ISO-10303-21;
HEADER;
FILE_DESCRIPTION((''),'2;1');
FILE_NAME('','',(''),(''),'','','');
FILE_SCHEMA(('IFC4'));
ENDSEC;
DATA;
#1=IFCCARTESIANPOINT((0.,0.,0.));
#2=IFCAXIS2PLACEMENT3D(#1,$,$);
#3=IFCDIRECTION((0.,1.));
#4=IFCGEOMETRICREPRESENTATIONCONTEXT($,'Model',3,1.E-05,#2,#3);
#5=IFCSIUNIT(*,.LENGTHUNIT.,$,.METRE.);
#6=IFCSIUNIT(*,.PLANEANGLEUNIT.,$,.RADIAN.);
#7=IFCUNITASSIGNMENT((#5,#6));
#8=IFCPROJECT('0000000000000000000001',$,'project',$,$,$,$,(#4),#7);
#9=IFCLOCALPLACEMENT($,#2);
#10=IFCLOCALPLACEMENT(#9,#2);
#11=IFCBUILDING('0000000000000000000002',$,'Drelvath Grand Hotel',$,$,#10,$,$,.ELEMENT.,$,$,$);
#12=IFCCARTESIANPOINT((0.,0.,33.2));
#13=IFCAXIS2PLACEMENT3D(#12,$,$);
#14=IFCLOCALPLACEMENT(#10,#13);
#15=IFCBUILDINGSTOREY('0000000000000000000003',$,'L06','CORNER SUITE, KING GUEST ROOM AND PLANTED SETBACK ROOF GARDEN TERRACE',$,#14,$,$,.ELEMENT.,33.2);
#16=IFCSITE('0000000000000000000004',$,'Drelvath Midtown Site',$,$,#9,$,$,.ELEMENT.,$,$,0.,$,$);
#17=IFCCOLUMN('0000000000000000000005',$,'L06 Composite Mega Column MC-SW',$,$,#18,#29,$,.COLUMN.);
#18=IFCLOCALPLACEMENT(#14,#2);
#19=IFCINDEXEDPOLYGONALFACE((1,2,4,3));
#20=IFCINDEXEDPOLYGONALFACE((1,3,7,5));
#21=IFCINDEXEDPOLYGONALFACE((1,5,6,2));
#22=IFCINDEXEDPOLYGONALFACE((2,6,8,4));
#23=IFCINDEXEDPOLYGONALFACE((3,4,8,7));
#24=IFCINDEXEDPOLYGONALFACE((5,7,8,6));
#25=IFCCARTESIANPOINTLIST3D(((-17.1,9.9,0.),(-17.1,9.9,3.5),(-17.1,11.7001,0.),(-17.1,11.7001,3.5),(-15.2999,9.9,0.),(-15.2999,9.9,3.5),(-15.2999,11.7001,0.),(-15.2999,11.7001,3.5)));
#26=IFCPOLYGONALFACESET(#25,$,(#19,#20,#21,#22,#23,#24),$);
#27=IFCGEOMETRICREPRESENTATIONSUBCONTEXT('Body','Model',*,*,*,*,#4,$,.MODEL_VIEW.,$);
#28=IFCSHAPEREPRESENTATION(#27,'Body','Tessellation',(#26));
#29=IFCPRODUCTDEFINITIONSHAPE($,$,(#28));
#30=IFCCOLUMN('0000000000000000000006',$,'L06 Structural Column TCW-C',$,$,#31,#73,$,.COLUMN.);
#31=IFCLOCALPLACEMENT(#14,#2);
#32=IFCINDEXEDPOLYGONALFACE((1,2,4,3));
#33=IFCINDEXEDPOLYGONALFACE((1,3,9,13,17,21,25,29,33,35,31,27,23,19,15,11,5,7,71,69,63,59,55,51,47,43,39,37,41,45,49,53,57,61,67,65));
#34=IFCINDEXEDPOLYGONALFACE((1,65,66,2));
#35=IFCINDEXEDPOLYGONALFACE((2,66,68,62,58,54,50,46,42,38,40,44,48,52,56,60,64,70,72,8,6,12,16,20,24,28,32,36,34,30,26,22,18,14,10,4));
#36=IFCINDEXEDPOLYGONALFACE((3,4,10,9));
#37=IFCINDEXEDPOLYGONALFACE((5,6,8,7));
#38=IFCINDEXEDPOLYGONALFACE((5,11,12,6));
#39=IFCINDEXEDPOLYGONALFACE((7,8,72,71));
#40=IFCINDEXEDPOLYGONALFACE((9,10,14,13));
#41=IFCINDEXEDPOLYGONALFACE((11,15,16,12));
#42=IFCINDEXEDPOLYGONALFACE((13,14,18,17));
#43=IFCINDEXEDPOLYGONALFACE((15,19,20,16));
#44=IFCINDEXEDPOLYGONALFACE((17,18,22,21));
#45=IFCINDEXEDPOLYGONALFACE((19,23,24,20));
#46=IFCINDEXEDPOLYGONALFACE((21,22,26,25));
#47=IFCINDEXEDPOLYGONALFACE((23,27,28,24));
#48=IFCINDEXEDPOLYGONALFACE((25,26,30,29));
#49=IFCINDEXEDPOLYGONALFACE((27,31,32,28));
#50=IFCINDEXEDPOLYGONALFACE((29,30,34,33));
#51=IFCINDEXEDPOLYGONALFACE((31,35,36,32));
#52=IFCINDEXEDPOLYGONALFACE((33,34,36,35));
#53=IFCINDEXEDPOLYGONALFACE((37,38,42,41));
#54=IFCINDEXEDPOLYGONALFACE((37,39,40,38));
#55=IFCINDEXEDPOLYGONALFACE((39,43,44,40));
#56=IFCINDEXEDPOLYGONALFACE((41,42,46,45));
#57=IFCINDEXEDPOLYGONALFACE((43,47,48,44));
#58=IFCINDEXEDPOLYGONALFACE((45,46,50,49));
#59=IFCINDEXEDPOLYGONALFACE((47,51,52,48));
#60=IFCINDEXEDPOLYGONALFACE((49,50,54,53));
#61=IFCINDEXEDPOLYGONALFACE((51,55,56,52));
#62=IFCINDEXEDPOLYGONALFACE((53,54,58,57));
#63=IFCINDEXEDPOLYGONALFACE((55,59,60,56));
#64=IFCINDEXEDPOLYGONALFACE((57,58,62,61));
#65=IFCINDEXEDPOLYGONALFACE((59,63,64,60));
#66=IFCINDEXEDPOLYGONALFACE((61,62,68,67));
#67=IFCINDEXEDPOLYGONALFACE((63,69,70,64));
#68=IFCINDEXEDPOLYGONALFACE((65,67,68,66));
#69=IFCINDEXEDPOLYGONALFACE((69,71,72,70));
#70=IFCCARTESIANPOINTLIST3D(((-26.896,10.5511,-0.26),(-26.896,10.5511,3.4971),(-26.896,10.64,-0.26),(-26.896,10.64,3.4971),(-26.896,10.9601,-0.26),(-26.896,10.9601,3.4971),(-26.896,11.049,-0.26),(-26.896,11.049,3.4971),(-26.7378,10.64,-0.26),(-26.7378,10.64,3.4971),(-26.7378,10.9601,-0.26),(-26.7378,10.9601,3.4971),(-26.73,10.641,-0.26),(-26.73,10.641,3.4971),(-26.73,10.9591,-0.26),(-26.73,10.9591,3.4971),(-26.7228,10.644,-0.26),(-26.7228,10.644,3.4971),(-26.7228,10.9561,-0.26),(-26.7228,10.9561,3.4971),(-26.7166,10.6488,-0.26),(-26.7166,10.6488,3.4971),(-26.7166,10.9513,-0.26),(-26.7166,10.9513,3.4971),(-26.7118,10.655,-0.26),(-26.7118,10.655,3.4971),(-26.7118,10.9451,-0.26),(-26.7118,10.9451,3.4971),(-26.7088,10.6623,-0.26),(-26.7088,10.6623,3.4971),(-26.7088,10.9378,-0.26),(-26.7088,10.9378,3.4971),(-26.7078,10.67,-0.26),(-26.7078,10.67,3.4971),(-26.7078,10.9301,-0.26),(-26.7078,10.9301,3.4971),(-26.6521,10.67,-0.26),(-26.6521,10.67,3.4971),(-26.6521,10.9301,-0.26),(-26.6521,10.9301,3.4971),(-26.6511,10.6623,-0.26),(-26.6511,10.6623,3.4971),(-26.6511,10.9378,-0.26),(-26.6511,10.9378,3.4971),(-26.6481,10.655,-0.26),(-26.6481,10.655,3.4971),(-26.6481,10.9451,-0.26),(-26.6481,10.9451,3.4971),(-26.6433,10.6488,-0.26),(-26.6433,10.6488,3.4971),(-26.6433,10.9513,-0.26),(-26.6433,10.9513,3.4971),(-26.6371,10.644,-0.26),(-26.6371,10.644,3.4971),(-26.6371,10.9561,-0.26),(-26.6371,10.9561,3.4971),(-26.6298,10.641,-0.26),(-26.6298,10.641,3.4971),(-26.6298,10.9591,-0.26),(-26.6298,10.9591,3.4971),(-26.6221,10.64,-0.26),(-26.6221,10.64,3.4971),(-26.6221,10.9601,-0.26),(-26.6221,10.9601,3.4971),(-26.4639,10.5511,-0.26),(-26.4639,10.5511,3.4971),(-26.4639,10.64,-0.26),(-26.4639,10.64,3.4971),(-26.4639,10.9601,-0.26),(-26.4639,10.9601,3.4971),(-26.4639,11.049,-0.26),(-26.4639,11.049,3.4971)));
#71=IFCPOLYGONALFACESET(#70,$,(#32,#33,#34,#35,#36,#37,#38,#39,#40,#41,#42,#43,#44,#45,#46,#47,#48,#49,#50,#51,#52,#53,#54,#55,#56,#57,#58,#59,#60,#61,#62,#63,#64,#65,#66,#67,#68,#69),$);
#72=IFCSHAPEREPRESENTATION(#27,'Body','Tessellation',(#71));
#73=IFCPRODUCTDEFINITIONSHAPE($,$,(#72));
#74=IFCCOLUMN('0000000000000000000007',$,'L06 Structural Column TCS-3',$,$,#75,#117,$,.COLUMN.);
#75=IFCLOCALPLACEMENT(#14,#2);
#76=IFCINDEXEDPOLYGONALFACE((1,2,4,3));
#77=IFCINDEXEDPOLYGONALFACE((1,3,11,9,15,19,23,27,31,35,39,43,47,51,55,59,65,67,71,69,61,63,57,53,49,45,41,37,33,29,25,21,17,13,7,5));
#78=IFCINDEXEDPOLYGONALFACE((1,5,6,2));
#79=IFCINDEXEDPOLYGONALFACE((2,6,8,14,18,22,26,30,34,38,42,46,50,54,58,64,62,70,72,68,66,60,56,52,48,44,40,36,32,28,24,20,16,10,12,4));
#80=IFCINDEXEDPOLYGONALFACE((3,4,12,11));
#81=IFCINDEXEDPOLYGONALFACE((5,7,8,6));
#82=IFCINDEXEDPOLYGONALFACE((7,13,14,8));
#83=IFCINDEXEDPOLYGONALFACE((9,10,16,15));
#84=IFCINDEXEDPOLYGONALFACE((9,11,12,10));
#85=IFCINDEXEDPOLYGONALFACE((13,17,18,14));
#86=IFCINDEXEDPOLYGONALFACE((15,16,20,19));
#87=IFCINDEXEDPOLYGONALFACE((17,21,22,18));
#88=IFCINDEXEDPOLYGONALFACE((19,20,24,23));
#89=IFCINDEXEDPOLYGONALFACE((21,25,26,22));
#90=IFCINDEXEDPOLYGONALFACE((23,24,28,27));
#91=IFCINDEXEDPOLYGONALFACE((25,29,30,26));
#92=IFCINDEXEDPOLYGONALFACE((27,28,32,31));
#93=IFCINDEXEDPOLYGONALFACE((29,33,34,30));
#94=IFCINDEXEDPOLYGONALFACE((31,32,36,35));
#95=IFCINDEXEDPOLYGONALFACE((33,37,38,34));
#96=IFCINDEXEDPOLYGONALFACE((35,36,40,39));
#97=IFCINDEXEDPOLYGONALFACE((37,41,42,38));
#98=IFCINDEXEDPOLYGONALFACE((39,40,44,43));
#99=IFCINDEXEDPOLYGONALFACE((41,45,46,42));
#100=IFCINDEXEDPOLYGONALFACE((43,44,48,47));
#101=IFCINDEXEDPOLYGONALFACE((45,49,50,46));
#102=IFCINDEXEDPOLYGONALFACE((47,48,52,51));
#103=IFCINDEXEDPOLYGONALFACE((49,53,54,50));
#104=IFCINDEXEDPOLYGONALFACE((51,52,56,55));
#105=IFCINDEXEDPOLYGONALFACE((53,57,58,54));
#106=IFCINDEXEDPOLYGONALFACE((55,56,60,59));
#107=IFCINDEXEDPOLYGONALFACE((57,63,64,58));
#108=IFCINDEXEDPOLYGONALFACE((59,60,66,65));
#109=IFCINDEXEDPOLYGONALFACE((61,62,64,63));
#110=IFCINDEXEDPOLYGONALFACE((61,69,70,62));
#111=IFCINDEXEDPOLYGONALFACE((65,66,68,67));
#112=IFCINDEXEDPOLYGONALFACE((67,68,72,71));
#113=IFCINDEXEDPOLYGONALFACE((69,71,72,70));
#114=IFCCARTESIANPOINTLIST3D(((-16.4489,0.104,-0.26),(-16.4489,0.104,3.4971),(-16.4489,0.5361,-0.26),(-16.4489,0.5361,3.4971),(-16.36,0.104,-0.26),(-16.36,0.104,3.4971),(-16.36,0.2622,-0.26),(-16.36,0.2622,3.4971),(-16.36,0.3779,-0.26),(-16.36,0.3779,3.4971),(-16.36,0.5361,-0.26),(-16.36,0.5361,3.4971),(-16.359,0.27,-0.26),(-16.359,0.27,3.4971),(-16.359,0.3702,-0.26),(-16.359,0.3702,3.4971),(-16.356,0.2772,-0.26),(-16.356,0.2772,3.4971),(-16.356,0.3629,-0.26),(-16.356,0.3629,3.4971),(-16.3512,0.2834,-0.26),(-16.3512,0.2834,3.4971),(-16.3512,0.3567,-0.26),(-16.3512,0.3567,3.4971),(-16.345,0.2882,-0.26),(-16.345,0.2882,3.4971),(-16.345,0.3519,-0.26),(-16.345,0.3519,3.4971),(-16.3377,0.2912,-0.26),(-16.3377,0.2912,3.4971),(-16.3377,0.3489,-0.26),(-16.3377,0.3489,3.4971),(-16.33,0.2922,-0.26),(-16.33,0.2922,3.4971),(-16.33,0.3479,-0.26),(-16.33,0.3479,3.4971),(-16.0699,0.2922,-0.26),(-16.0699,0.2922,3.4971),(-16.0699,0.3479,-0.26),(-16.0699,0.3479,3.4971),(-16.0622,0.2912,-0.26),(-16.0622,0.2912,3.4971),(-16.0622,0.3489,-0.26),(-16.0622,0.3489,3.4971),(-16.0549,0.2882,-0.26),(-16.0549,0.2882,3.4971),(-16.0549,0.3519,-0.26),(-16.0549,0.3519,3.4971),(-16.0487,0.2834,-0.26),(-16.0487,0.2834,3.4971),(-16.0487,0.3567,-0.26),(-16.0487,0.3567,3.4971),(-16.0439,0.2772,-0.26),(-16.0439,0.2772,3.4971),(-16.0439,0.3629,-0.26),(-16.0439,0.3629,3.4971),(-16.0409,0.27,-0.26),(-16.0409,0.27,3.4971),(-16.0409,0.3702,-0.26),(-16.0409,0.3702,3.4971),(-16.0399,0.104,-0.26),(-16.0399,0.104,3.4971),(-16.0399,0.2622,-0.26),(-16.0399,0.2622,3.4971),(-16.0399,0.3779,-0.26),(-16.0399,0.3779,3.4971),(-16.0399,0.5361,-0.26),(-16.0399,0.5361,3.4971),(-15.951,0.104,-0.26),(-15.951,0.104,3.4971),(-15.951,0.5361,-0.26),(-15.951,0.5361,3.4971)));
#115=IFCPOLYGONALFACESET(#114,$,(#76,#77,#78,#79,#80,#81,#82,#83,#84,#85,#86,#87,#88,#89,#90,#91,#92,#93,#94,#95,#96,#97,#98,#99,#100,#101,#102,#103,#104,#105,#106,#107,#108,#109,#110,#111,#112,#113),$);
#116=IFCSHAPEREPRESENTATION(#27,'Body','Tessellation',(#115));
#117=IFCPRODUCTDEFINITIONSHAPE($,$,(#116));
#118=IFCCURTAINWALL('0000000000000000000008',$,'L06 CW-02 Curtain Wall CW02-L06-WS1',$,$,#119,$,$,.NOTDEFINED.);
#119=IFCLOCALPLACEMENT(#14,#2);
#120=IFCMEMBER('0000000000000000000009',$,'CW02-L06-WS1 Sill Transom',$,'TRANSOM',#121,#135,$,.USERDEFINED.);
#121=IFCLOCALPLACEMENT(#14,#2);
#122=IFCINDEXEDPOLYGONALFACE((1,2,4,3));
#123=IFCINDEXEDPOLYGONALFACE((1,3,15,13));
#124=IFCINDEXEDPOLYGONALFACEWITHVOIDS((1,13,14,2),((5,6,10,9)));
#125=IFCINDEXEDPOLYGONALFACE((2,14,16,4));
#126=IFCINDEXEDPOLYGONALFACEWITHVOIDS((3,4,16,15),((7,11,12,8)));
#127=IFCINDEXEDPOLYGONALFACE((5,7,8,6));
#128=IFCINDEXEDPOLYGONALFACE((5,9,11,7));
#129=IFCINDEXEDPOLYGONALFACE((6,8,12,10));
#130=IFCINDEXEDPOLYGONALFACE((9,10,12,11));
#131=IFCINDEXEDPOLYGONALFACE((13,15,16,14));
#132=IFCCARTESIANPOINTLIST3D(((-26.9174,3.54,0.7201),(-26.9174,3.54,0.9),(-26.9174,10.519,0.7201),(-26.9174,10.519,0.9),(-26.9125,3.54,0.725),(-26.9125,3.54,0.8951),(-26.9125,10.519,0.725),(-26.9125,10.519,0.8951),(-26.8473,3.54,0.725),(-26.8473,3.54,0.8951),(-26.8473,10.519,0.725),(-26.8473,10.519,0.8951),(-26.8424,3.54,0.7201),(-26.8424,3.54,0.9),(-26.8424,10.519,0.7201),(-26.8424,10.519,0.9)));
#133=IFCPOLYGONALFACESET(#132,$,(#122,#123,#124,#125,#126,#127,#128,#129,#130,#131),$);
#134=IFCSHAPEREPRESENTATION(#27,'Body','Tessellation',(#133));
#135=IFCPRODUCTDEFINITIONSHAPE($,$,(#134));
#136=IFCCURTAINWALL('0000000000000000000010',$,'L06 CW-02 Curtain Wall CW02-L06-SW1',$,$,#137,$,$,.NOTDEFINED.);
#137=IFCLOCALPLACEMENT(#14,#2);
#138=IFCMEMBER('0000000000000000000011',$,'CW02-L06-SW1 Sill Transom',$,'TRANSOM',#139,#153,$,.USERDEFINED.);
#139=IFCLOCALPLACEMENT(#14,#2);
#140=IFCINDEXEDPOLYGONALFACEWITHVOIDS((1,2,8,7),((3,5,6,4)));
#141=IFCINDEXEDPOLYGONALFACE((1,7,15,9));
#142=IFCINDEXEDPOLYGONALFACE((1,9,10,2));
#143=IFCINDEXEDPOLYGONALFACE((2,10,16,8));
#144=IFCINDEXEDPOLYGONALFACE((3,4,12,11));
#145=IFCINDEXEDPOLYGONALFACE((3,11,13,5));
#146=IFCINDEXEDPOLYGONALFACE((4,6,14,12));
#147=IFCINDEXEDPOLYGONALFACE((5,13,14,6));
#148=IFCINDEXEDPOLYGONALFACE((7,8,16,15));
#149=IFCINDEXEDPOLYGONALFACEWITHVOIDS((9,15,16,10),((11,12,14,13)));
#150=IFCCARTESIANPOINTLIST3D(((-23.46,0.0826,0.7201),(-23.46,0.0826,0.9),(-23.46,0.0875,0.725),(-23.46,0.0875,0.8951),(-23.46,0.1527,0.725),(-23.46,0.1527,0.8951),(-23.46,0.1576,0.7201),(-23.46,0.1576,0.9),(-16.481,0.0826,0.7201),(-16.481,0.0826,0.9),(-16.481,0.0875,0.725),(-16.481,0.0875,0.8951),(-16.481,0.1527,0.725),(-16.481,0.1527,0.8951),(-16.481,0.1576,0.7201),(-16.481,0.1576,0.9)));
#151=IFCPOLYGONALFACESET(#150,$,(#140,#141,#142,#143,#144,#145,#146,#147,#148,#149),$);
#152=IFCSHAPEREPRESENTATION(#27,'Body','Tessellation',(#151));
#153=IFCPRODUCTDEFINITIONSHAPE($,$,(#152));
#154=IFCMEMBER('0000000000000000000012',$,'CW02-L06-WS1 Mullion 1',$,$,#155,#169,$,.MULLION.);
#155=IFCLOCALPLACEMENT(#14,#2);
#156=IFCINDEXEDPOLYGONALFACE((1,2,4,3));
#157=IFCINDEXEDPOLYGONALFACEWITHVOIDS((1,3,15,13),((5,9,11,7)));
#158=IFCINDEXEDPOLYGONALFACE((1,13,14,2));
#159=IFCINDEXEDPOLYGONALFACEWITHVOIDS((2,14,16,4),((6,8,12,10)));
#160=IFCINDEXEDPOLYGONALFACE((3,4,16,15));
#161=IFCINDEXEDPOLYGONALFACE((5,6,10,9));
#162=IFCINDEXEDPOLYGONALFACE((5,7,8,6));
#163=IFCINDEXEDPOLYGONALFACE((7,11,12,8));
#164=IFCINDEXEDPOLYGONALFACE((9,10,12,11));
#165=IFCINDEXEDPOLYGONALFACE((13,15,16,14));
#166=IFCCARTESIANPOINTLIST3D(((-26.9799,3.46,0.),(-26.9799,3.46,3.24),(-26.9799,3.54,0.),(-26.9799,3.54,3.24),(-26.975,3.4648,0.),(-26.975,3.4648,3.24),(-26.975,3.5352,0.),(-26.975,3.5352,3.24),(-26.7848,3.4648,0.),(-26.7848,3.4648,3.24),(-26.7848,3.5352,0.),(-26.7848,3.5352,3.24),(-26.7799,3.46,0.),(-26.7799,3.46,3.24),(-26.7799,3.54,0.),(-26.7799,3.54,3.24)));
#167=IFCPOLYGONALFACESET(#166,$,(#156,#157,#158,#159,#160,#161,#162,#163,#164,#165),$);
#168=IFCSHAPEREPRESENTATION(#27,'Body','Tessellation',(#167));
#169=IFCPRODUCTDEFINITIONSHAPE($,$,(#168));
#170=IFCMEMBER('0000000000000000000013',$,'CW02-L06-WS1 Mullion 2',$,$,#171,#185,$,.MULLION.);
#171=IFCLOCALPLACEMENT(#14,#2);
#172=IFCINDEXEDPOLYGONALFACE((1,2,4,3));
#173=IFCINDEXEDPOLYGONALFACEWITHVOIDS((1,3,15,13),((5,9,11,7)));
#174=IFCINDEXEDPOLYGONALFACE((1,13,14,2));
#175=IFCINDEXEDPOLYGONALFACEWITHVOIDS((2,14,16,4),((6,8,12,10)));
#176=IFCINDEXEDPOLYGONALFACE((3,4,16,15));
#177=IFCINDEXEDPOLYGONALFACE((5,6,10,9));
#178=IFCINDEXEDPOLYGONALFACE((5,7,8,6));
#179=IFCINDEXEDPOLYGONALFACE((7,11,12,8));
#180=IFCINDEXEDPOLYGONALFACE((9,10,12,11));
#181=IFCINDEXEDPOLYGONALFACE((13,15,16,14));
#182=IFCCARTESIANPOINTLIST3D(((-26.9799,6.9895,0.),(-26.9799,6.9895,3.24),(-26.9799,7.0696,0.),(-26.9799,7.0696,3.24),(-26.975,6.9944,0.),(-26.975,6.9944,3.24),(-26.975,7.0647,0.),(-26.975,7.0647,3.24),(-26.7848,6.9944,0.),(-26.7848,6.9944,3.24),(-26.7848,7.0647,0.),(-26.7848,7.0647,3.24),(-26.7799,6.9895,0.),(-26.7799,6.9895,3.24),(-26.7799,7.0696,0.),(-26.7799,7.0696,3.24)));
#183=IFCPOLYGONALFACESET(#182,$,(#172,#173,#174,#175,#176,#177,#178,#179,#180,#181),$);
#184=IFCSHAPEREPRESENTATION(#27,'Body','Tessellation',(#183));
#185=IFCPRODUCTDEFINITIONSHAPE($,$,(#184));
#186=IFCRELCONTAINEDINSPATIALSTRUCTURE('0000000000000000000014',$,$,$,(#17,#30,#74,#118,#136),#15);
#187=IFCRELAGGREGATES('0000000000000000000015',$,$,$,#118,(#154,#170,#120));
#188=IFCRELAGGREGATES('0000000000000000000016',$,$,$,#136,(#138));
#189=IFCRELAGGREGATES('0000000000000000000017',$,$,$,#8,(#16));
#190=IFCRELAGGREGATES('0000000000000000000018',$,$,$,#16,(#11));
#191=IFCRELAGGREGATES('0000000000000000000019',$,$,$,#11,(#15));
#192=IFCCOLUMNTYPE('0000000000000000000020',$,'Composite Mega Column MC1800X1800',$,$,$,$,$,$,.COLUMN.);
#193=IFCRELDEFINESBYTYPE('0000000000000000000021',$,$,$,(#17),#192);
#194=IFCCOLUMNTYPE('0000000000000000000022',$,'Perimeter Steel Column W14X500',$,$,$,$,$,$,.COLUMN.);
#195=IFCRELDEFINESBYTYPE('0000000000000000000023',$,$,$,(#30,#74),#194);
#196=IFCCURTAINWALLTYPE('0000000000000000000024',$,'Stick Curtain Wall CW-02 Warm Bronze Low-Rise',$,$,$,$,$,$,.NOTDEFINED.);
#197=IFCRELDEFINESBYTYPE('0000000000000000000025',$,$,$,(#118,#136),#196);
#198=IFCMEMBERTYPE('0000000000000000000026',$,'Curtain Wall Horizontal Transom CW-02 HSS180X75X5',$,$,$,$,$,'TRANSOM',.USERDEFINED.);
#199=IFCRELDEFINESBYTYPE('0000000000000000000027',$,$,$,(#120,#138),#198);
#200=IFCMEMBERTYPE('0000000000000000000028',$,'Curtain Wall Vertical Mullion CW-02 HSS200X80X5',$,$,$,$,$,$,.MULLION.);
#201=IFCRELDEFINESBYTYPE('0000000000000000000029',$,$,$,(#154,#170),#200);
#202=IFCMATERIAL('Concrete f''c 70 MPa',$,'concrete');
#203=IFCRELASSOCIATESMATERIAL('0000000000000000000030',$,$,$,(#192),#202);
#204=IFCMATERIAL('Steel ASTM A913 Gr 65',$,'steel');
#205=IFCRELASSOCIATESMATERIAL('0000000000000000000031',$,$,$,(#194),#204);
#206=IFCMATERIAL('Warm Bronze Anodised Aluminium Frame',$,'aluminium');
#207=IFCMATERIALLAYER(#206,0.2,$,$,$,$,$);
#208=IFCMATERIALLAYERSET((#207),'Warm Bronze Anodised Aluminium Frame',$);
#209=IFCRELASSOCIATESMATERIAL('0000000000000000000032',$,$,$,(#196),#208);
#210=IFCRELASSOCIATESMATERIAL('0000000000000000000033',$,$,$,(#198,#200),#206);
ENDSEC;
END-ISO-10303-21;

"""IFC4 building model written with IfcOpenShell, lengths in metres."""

from ifc_helpers import new_model, si_unit, direction, frame, origin, origin_2d, place, context, subcontext, project, spatial, rectangle, hollow_rectangle, i_section, extrude, material, layer, layer_set, material_profile, profile_set, type_object, element, aggregate, save


model = new_model("IFC4")

# Units and contexts
model_context = context("Model", 3, precision=1e-05, world=origin(), true_north=direction((0.0, 1.0)))
body_context = subcontext(model_context, "Body", "Model", "MODEL_VIEW")
ifc_project = project(units=[si_unit("LENGTHUNIT", "METRE"), si_unit("PLANEANGLEUNIT", "RADIAN")], contexts=[model_context])

# Site, building, storey
site_placement = place(None, origin())
site = spatial("IfcSite", under=ifc_project, at=site_placement, Name="Drelvath Midtown Site", CompositionType="ELEMENT", RefElevation=0.0)
building_placement = place(site_placement, origin())
building = spatial("IfcBuilding", under=site, at=building_placement, Name="Drelvath Grand Hotel", CompositionType="ELEMENT")
storey_placement = place(building_placement, frame((0.0, 0.0, 33.2)))
storey = spatial("IfcBuildingStorey", under=building, at=storey_placement, Name="L06", Description="CORNER SUITE, KING GUEST ROOM AND PLANTED SETBACK ROOF GARDEN TERRACE", CompositionType="ELEMENT", Elevation=33.2)

# Columns
ifc_material_1 = material(Name="Concrete f'c 70 MPa", Category="concrete")
ifc_material_profile_1 = material_profile(ifc_material_1, rectangle(XDim=1.8, YDim=1.8, at=origin_2d()), Name="MC1800X1800")
ifc_profile_set_1 = profile_set([ifc_material_profile_1], Name="Concrete f'c 70 MPa")
column_type_1 = type_object("IfcColumnType", Name="Composite Mega Column MC1800X1800", PredefinedType="COLUMN", material=ifc_profile_set_1)
column_placement = place(storey_placement, frame((-16.2, 10.8, 0.0), z_axis=(0.0, 0.0, 1.0), x_axis=(1.0, 0.0, 0.0)))
element("IfcColumn", 1, at=column_placement, inside=storey, type_object=column_type_1, Name="L06 Composite Mega Column MC-SW", PredefinedType="COLUMN", context=body_context, shape_type="SweptSolid", body=[
    extrude(rectangle(XDim=1.8, YDim=1.8, at=origin_2d()), origin(), (0.0, 0.0, 1.0), 3.5),
])
ifc_material_2 = material(Name="Steel ASTM A913 Gr 65", Category="steel")
ifc_material_profile_2 = material_profile(ifc_material_2, i_section(OverallWidth=0.4321, OverallDepth=0.4978, WebThickness=0.0557, FlangeThickness=0.0889, FilletRadius=0.03, at=origin_2d()), Name="W14X500")
ifc_profile_set_2 = profile_set([ifc_material_profile_2], Name="Steel ASTM A913 Gr 65")
column_type_2 = type_object("IfcColumnType", Name="Perimeter Steel Column W14X500", PredefinedType="COLUMN", material=ifc_profile_set_2)
for number, where, z_axis, x_axis, name in (
    (2, (-26.6799, 10.8, -0.26), (0.0, 0.0, 1.0), (1.0, 0.0, 0.0), "L06 Structural Column TCW-C"),
    (3, (-16.2, 0.3201, -0.26), (0.0, 0.0, 1.0), (0.0, 1.0, 0.0), "L06 Structural Column TCS-3"),
):
    element("IfcColumn", number, at=place(storey_placement, frame(where, z_axis=z_axis, x_axis=x_axis)), inside=storey, type_object=column_type_2, Name=name, PredefinedType="COLUMN", context=body_context, shape_type="SweptSolid", body=[
        extrude(i_section(OverallWidth=0.4321, OverallDepth=0.4978, WebThickness=0.0557, FlangeThickness=0.0889, FilletRadius=0.03, at=origin_2d()), origin(), (0.0, 0.0, 1.0), 3.7571),
    ])

# Curtain walls, members
ifc_material_3 = material(Name="Warm Bronze Anodised Aluminium Frame", Category="aluminium")
ifc_layer_1 = layer(ifc_material_3, 0.2)
ifc_layer_set_1 = layer_set([ifc_layer_1], Name="Warm Bronze Anodised Aluminium Frame")
curtain_wall_type = type_object("IfcCurtainWallType", Name="Stick Curtain Wall CW-02 Warm Bronze Low-Rise", PredefinedType="NOTDEFINED", material=ifc_layer_set_1)
curtain_wall_1_placement = place(storey_placement, origin())
curtain_wall_1 = element("IfcCurtainWall", 4, at=curtain_wall_1_placement, inside=storey, type_object=curtain_wall_type, Name="L06 CW-02 Curtain Wall CW02-L06-WS1", PredefinedType="NOTDEFINED")
ifc_material_profile_3 = material_profile(ifc_material_3, hollow_rectangle(XDim=0.075, YDim=0.1799, WallThickness=0.0049, at=origin_2d()), Name="HSS180X75X5")
ifc_profile_set_3 = profile_set([ifc_material_profile_3], Name="Warm Bronze Anodised Aluminium Frame")
member_type_1 = type_object("IfcMemberType", Name="Curtain Wall Horizontal Transom CW-02 HSS180X75X5", ElementType="TRANSOM", PredefinedType="USERDEFINED", material=ifc_profile_set_3)
member_1_placement = place(storey_placement, frame((-26.8799, 3.54, 0.8101), z_axis=(0.0, 1.0, 0.0), x_axis=(-1.0, 0.0, 0.0)))
member_1 = element("IfcMember", 5, at=member_1_placement, type_object=member_type_1, Name="CW02-L06-WS1 Sill Transom", ObjectType="TRANSOM", PredefinedType="USERDEFINED", context=body_context, shape_type="SweptSolid", body=[
    extrude(hollow_rectangle(XDim=0.075, YDim=0.1799, WallThickness=0.0049, at=origin_2d()), origin(), (0.0, 0.0, 1.0), 6.979),
])
curtain_wall_2_placement = place(storey_placement, origin())
curtain_wall_2 = element("IfcCurtainWall", 6, at=curtain_wall_2_placement, inside=storey, type_object=curtain_wall_type, Name="L06 CW-02 Curtain Wall CW02-L06-SW1", PredefinedType="NOTDEFINED")
member_2_placement = place(storey_placement, frame((-16.481, 0.1201, 0.8101), z_axis=(-1.0, 0.0, 0.0), x_axis=(0.0, -1.0, 0.0)))
member_2 = element("IfcMember", 7, at=member_2_placement, type_object=member_type_1, Name="CW02-L06-SW1 Sill Transom", ObjectType="TRANSOM", PredefinedType="USERDEFINED", context=body_context, shape_type="SweptSolid", body=[
    extrude(hollow_rectangle(XDim=0.075, YDim=0.1799, WallThickness=0.0049, at=origin_2d()), origin(), (0.0, 0.0, 1.0), 6.979),
])

# Members
ifc_material_profile_4 = material_profile(ifc_material_3, hollow_rectangle(XDim=0.0801, YDim=0.2, WallThickness=0.0049, at=origin_2d()), Name="HSS200X80X5")
ifc_profile_set_4 = profile_set([ifc_material_profile_4], Name="Warm Bronze Anodised Aluminium Frame")
member_type_2 = type_object("IfcMemberType", Name="Curtain Wall Vertical Mullion CW-02 HSS200X80X5", PredefinedType="MULLION", material=ifc_profile_set_4)
member_3_placement = place(storey_placement, frame((-26.8799, 3.5, 0.0), z_axis=(0.0, 0.0, 1.0), x_axis=(0.0, 1.0, 0.0)))
member_3 = element("IfcMember", 8, at=member_3_placement, type_object=member_type_2, Name="CW02-L06-WS1 Mullion 1", PredefinedType="MULLION", context=body_context, shape_type="SweptSolid", body=[
    extrude(hollow_rectangle(XDim=0.0801, YDim=0.2, WallThickness=0.0049, at=origin_2d()), origin(), (0.0, 0.0, 1.0), 3.24),
])
member_4_placement = place(storey_placement, frame((-26.8799, 7.0295, 0.0), z_axis=(0.0, 0.0, 1.0), x_axis=(0.0, 1.0, 0.0)))
member_4 = element("IfcMember", 9, at=member_4_placement, type_object=member_type_2, Name="CW02-L06-WS1 Mullion 2", PredefinedType="MULLION", context=body_context, shape_type="SweptSolid", body=[
    extrude(hollow_rectangle(XDim=0.0801, YDim=0.2, WallThickness=0.0049, at=origin_2d()), origin(), (0.0, 0.0, 1.0), 3.24),
])

aggregate(curtain_wall_1, [member_3, member_4, member_1])
aggregate(curtain_wall_2, [member_2])

save(model, "model.ifc")
